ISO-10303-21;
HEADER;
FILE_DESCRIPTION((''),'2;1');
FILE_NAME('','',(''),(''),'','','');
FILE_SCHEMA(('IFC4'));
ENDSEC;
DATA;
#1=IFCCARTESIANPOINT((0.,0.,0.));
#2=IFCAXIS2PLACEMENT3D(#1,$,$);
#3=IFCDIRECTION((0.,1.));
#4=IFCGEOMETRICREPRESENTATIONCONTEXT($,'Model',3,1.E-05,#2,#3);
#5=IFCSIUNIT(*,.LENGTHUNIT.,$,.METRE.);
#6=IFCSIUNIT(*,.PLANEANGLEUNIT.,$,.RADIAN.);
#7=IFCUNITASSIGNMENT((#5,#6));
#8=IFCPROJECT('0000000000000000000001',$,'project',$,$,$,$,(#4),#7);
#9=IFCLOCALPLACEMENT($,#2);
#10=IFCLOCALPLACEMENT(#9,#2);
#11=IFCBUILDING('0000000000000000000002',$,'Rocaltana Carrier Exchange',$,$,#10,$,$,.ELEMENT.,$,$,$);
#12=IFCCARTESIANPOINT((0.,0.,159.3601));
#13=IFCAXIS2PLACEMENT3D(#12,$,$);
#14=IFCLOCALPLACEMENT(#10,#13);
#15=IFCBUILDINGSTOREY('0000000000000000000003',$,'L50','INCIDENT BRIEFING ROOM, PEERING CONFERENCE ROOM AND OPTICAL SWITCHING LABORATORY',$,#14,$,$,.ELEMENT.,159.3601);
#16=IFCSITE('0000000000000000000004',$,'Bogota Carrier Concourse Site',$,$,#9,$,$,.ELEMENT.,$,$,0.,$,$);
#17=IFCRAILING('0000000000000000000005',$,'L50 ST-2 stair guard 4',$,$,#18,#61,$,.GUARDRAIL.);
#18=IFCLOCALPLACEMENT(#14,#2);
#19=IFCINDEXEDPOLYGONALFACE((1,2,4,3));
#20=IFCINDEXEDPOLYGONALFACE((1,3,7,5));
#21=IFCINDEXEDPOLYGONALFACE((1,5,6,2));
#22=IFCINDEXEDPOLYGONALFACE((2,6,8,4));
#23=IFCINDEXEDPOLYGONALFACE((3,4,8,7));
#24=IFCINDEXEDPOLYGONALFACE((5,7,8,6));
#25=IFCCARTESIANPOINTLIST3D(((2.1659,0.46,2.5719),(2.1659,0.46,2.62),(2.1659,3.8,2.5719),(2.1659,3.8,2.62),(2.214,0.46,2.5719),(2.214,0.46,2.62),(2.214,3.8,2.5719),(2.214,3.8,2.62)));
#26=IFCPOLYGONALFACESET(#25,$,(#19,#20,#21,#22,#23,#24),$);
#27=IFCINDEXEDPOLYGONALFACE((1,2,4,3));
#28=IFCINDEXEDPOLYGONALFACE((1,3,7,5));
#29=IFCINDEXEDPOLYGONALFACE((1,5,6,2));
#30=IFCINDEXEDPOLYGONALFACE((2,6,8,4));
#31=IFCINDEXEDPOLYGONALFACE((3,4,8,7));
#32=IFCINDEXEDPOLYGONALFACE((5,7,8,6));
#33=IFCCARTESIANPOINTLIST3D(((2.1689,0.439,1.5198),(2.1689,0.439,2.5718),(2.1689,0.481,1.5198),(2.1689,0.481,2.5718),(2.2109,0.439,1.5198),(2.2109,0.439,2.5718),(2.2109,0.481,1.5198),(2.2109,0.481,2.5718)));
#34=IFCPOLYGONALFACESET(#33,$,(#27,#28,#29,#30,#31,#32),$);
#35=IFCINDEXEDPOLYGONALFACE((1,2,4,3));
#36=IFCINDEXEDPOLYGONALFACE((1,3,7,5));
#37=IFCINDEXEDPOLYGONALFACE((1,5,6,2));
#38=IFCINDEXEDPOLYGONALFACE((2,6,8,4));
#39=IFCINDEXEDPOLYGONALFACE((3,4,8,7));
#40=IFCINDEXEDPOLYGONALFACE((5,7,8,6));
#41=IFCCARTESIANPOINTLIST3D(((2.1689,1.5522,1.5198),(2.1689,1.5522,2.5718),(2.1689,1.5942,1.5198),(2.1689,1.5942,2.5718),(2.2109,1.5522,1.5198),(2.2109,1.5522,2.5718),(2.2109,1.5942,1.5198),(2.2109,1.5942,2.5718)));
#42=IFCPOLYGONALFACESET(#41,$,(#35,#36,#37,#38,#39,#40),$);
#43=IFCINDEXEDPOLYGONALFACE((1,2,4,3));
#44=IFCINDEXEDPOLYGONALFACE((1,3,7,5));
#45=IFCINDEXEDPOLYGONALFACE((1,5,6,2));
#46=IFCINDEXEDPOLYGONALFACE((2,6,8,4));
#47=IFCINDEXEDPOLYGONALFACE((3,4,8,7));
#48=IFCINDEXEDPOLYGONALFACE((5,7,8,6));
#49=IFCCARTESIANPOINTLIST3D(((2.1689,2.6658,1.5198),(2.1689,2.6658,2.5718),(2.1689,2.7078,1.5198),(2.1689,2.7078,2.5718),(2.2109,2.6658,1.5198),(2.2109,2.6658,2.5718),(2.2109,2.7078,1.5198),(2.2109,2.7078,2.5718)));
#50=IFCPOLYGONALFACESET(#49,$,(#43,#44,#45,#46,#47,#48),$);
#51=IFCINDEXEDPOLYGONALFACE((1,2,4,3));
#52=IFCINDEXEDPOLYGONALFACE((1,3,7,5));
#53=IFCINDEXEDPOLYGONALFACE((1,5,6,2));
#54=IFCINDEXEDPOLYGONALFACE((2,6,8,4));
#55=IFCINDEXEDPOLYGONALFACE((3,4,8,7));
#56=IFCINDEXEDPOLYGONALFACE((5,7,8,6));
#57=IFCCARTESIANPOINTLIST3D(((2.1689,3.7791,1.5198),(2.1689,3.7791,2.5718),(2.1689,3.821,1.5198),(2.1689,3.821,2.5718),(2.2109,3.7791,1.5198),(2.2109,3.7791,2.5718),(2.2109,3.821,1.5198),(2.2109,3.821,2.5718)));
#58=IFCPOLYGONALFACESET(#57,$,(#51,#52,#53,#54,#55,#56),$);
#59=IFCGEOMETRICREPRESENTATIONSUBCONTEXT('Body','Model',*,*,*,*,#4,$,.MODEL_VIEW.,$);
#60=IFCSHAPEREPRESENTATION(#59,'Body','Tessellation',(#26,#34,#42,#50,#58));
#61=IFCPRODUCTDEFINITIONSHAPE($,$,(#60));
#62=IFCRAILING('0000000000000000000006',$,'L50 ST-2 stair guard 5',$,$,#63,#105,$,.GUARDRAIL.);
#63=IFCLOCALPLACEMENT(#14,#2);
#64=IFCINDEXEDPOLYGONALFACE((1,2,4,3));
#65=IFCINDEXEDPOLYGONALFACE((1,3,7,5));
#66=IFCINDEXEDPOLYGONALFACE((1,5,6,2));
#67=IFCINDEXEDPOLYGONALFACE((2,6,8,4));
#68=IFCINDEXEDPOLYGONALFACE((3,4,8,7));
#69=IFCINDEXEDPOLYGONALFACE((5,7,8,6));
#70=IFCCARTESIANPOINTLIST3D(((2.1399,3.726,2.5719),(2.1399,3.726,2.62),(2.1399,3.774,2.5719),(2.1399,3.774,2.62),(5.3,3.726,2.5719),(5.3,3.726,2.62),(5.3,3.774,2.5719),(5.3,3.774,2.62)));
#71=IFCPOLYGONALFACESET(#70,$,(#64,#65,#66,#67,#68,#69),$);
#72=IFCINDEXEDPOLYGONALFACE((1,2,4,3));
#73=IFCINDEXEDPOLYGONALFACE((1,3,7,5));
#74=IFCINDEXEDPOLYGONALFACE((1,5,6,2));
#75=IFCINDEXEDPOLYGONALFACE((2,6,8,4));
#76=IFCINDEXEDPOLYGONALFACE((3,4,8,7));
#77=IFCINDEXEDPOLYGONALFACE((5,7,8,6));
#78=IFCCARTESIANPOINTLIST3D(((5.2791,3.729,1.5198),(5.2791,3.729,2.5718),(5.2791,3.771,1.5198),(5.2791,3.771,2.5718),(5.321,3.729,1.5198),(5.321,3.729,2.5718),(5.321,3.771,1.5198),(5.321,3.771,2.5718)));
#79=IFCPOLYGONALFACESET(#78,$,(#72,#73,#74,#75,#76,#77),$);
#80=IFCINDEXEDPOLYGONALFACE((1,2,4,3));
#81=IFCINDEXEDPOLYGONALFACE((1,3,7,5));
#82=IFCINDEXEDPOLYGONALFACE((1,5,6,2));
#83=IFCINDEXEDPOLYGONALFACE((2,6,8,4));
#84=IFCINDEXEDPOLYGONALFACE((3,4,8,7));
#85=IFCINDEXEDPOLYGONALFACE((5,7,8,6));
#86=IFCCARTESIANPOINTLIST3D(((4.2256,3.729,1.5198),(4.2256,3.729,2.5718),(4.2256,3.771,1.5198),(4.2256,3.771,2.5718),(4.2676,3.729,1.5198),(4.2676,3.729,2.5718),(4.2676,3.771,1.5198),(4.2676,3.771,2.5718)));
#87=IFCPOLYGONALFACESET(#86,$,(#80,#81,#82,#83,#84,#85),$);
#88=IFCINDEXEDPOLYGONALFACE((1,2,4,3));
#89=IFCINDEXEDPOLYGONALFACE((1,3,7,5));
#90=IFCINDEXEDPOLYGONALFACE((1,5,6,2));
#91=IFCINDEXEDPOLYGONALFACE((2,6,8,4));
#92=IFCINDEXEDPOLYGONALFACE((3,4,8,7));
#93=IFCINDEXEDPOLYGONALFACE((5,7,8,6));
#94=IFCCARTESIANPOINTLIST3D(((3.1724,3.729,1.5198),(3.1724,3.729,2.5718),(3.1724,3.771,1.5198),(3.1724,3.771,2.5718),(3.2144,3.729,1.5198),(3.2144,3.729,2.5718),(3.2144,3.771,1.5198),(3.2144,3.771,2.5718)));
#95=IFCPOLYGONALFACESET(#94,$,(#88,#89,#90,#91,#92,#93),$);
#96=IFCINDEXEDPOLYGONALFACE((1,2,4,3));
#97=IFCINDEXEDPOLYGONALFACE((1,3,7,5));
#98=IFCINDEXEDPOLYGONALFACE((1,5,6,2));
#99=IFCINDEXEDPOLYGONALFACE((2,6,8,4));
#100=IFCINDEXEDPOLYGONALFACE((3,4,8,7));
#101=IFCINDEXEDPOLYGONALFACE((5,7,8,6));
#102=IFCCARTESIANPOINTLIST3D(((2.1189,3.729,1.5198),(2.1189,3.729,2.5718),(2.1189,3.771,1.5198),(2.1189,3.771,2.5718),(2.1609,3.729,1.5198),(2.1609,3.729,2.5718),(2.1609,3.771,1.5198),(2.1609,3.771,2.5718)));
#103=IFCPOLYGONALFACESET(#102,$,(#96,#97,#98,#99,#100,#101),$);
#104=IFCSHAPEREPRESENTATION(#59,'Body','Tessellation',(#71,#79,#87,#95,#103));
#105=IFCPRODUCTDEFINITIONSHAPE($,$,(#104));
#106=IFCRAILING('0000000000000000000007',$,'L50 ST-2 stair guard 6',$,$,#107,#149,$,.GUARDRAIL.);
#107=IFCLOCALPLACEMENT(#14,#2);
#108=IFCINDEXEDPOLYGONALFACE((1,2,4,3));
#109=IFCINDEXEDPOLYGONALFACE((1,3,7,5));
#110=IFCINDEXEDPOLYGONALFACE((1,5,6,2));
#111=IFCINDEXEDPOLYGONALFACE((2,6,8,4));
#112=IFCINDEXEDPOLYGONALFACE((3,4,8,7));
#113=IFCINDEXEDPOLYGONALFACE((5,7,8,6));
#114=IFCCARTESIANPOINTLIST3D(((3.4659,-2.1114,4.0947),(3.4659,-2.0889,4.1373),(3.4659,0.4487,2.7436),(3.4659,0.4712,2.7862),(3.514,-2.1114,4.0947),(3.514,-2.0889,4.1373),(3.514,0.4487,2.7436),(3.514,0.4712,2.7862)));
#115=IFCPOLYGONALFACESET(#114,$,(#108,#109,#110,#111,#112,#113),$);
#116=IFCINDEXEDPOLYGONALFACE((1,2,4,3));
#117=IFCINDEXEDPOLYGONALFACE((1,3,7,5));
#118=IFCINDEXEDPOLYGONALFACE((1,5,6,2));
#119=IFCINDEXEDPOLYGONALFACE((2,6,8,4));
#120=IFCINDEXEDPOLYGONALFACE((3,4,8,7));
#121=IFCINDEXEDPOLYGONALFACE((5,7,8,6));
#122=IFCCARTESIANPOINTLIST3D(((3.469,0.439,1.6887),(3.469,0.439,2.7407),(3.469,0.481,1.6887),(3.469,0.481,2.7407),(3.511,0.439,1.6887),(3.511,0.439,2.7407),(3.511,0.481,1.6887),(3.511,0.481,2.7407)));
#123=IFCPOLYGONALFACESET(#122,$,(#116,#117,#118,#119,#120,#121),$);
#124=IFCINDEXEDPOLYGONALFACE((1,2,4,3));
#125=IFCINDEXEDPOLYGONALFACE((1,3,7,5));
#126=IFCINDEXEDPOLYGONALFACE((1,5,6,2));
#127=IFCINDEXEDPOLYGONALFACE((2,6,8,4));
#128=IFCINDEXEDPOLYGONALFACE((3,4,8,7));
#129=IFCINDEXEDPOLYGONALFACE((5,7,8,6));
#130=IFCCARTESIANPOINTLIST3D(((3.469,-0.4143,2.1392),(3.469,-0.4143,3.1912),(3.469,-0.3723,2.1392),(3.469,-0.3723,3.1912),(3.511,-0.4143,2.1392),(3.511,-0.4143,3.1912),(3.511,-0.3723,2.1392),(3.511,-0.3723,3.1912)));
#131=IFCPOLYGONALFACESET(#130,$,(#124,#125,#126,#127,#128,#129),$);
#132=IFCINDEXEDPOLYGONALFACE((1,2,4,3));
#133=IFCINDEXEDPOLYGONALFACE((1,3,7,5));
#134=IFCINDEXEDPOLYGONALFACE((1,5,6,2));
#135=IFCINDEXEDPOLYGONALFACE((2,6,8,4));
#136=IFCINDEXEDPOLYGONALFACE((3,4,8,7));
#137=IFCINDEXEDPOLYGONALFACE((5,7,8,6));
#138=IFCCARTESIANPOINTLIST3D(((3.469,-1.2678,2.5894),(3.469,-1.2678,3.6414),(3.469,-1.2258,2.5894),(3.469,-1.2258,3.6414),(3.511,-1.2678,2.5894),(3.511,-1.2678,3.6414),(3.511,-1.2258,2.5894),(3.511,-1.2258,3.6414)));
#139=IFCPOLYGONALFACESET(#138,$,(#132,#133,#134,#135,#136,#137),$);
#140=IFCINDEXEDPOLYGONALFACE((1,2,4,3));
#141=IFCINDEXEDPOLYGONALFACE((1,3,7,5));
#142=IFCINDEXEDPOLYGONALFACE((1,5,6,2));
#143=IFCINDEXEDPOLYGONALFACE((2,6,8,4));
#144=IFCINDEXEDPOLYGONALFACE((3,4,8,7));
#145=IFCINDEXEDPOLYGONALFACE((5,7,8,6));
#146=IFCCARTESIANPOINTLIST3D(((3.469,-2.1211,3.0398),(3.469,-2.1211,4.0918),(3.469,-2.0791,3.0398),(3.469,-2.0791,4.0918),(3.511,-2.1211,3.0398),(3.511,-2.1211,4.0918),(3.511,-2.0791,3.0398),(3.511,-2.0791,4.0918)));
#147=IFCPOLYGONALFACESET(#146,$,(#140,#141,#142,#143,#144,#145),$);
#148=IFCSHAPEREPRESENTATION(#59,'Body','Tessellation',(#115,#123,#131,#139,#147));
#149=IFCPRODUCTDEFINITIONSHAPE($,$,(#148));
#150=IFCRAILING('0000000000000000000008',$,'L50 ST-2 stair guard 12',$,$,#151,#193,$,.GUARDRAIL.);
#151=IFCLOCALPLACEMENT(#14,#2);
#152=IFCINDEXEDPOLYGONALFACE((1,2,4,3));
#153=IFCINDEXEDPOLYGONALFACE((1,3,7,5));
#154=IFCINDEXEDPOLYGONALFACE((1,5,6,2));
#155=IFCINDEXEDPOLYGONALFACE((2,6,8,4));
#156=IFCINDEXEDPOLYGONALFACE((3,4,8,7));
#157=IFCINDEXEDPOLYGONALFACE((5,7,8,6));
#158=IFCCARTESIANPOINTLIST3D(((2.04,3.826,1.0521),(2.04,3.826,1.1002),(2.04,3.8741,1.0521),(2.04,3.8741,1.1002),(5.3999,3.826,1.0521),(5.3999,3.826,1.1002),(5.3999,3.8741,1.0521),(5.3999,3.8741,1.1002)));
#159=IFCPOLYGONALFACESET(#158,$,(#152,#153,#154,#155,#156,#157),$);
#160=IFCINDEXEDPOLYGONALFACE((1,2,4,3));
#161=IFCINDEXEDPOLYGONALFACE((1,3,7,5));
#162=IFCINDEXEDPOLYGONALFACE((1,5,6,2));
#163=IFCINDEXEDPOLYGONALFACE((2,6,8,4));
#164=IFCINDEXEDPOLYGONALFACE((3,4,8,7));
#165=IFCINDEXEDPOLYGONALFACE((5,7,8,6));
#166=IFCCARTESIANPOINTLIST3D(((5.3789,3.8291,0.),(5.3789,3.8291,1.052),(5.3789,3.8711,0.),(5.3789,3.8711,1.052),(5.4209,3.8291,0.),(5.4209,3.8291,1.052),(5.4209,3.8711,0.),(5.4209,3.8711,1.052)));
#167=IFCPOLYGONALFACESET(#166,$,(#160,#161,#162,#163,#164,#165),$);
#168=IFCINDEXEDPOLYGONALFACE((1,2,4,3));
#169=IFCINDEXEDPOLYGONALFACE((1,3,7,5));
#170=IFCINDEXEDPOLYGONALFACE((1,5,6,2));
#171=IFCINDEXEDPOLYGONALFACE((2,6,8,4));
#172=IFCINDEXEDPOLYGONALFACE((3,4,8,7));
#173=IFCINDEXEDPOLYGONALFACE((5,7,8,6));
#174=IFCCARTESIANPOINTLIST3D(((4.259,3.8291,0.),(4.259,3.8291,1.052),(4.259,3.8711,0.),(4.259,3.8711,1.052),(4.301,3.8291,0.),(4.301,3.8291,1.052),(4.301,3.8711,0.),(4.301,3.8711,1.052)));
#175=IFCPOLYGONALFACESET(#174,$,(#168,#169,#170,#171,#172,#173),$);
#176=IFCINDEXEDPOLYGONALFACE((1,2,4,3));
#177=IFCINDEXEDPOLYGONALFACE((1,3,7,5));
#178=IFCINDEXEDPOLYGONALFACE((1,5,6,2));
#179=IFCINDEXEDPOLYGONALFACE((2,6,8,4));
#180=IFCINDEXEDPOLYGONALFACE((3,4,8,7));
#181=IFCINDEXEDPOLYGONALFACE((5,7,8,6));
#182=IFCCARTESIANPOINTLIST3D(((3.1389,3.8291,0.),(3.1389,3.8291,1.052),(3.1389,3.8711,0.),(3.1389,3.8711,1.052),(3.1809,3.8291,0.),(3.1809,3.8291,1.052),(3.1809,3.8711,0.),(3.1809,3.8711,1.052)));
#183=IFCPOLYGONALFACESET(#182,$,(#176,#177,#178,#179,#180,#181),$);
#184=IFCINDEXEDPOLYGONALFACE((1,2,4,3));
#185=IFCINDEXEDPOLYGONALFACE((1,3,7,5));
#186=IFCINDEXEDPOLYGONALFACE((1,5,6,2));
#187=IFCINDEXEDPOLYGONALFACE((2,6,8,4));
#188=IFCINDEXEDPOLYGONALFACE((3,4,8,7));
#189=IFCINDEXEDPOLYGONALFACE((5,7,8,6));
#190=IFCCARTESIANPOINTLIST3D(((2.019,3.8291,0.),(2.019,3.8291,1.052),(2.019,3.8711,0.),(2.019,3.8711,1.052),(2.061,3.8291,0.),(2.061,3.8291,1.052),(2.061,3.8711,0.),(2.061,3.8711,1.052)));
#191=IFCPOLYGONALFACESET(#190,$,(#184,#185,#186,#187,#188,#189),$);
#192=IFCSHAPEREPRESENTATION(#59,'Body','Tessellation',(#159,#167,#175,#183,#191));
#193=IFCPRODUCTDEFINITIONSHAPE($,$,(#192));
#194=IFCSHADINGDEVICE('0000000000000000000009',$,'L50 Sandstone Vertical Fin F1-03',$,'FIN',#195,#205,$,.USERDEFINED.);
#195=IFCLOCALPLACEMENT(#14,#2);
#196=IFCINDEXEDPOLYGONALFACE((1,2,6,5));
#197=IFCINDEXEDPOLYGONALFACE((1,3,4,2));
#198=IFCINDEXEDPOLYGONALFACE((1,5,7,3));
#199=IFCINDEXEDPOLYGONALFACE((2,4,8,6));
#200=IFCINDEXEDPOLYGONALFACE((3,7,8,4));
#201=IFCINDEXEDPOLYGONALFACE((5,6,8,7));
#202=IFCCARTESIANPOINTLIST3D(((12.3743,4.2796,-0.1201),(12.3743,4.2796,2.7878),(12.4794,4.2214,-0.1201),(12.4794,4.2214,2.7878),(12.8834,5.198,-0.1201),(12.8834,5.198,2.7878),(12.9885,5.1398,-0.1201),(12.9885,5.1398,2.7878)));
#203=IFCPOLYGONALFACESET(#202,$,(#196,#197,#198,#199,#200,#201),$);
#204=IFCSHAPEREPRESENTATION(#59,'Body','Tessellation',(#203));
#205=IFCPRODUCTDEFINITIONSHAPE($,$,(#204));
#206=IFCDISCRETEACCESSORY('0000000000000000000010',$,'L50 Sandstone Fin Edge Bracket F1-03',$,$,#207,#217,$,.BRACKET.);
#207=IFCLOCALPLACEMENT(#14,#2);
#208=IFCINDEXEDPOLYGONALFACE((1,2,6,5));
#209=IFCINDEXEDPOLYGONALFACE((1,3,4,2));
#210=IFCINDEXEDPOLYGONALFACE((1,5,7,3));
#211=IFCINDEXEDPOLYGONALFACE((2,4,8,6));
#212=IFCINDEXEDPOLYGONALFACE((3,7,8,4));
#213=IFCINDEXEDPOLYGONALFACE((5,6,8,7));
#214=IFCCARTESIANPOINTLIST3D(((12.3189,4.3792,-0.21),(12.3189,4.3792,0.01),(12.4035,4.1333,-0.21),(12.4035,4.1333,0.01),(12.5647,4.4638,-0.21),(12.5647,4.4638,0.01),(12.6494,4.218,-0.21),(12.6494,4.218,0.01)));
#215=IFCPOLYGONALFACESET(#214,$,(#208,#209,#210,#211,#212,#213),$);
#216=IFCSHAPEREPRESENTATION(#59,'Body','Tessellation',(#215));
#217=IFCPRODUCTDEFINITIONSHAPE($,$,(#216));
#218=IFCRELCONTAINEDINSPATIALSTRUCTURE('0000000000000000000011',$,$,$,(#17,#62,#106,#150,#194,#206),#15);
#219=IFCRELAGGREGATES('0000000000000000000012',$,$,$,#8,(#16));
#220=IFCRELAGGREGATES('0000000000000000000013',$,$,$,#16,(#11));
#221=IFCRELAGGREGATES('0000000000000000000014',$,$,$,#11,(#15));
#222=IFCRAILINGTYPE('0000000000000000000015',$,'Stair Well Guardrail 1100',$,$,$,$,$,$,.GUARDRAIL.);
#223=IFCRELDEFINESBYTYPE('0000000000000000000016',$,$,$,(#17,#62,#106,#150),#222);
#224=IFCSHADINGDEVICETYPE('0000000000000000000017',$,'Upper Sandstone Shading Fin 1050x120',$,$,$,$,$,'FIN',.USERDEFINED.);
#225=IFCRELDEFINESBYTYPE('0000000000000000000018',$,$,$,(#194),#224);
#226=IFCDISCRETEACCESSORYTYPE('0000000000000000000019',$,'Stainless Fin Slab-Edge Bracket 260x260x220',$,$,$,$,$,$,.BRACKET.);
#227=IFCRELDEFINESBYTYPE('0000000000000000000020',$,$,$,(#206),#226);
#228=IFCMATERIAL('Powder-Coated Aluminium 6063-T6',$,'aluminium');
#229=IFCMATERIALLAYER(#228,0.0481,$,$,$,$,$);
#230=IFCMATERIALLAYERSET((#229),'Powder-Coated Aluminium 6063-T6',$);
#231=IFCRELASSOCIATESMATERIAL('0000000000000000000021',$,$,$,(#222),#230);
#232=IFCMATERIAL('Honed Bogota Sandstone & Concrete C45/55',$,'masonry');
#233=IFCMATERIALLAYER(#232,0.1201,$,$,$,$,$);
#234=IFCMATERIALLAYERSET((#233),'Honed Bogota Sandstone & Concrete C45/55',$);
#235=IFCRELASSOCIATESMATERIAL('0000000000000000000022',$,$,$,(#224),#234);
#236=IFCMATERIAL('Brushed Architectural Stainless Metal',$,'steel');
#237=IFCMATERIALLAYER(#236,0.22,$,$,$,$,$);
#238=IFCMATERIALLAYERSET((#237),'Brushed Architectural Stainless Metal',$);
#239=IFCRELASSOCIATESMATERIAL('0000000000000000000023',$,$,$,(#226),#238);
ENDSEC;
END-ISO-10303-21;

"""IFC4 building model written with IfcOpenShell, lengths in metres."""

from ifc_helpers import new_model, si_unit, direction, frame, origin, origin_2d, place, context, subcontext, project, spatial, rectangle, extrude, material, layer, layer_set, type_object, element, save


model = new_model("IFC4")

# Units and contexts
model_context = context("Model", 3, precision=1e-05, world=origin(), true_north=direction((0.0, 1.0)))
body_context = subcontext(model_context, "Body", "Model", "MODEL_VIEW")
ifc_project = project(units=[si_unit("LENGTHUNIT", "METRE"), si_unit("PLANEANGLEUNIT", "RADIAN")], contexts=[model_context])

# Site, building, storey
site_placement = place(None, origin())
site = spatial("IfcSite", under=ifc_project, at=site_placement, Name="Bogota Carrier Concourse Site", CompositionType="ELEMENT", RefElevation=0.0)
building_placement = place(site_placement, origin())
building = spatial("IfcBuilding", under=site, at=building_placement, Name="Rocaltana Carrier Exchange", CompositionType="ELEMENT")
storey_placement = place(building_placement, frame((0.0, 0.0, 159.3601)))
storey = spatial("IfcBuildingStorey", under=building, at=storey_placement, Name="L50", Description="INCIDENT BRIEFING ROOM, PEERING CONFERENCE ROOM AND OPTICAL SWITCHING LABORATORY", CompositionType="ELEMENT", Elevation=159.3601)

# Railings
ifc_material_1 = material(Name="Powder-Coated Aluminium 6063-T6", Category="aluminium")
ifc_layer_1 = layer(ifc_material_1, 0.0481)
ifc_layer_set_1 = layer_set([ifc_layer_1], Name="Powder-Coated Aluminium 6063-T6")
railing_type_1 = type_object("IfcRailingType", Name="Stair Well Guardrail 1100", PredefinedType="GUARDRAIL", material=ifc_layer_set_1)
for number, where, name in (
    (1, (2.1899, 0.46, 1.5198), "L50 ST-2 stair guard 4"),
):
    element("IfcRailing", number, at=place(storey_placement, frame(where)), inside=storey, type_object=railing_type_1, Name=name, PredefinedType="GUARDRAIL", context=body_context, shape_type="SweptSolid", body=[
        extrude(rectangle(XDim=0.0481, YDim=0.0481, at=origin_2d()), frame((0.0, 0.0, 1.0762), z_axis=(0.0, 1.0, 0.0), x_axis=(-1.0, 0.0, 0.0)), (0.0, 0.0, 1.0), 3.3401),
        extrude(rectangle(XDim=0.042, YDim=0.042, at=origin_2d()), origin(), (0.0, 0.0, 1.0), 1.052),
        extrude(rectangle(XDim=0.042, YDim=0.042, at=origin_2d()), frame((0.0, 1.1133, 0.0)), (0.0, 0.0, 1.0), 1.052),
        extrude(rectangle(XDim=0.042, YDim=0.042, at=origin_2d()), frame((0.0, 2.2268, 0.0)), (0.0, 0.0, 1.0), 1.052),
        extrude(rectangle(XDim=0.042, YDim=0.042, at=origin_2d()), frame((0.0, 3.3401, 0.0)), (0.0, 0.0, 1.0), 1.052),
    ])
railing_1_placement = place(storey_placement, frame((5.3, 3.75, 1.5198)))
element("IfcRailing", 2, at=railing_1_placement, inside=storey, type_object=railing_type_1, Name="L50 ST-2 stair guard 5", PredefinedType="GUARDRAIL", context=body_context, shape_type="SweptSolid", body=[
    extrude(rectangle(XDim=0.0481, YDim=0.0481, at=origin_2d()), frame((0.0, 0.0, 1.0762), z_axis=(-1.0, 0.0, 0.0), x_axis=(0.0, -1.0, 0.0)), (0.0, 0.0, 1.0), 3.1602),
    extrude(rectangle(XDim=0.042, YDim=0.042, at=origin_2d()), origin(), (0.0, 0.0, 1.0), 1.052),
    extrude(rectangle(XDim=0.042, YDim=0.042, at=origin_2d()), frame((-1.0535, 0.0, 0.0)), (0.0, 0.0, 1.0), 1.052),
    extrude(rectangle(XDim=0.042, YDim=0.042, at=origin_2d()), frame((-2.1067, 0.0, 0.0)), (0.0, 0.0, 1.0), 1.052),
    extrude(rectangle(XDim=0.042, YDim=0.042, at=origin_2d()), frame((-3.1602, 0.0, 0.0)), (0.0, 0.0, 1.0), 1.052),
])
railing_2_placement = place(storey_placement, frame((3.49, 0.46, 1.6887)))
element("IfcRailing", 3, at=railing_2_placement, inside=storey, type_object=railing_type_1, Name="L50 ST-2 stair guard 6", PredefinedType="GUARDRAIL", context=body_context, shape_type="SweptSolid", body=[
    extrude(rectangle(XDim=0.0481, YDim=0.0481, at=origin_2d()), frame((0.0, 0.0, 1.0762), z_axis=(0.0, -0.884394, 0.46674), x_axis=(1.0, 0.0, 0.0)), (0.0, 0.0, 1.0), 2.8948),
    extrude(rectangle(XDim=0.042, YDim=0.042, at=origin_2d()), origin(), (0.0, 0.0, 1.0), 1.052),
    extrude(rectangle(XDim=0.042, YDim=0.042, at=origin_2d()), frame((0.0, -0.8533, 0.4504)), (0.0, 0.0, 1.0), 1.052),
    extrude(rectangle(XDim=0.042, YDim=0.042, at=origin_2d()), frame((0.0, -1.7068, 0.9006)), (0.0, 0.0, 1.0), 1.052),
    extrude(rectangle(XDim=0.042, YDim=0.042, at=origin_2d()), frame((0.0, -2.5601, 1.3511)), (0.0, 0.0, 1.0), 1.052),
])
railing_3_placement = place(storey_placement, frame((5.3999, 3.8501, 0.0)))
element("IfcRailing", 4, at=railing_3_placement, inside=storey, type_object=railing_type_1, Name="L50 ST-2 stair guard 12", PredefinedType="GUARDRAIL", context=body_context, shape_type="SweptSolid", body=[
    extrude(rectangle(XDim=0.0481, YDim=0.0481, at=origin_2d()), frame((0.0, 0.0, 1.0762), z_axis=(-1.0, 0.0, 0.0), x_axis=(0.0, -1.0, 0.0)), (0.0, 0.0, 1.0), 3.3599),
    extrude(rectangle(XDim=0.042, YDim=0.042, at=origin_2d()), origin(), (0.0, 0.0, 1.0), 1.052),
    extrude(rectangle(XDim=0.042, YDim=0.042, at=origin_2d()), frame((-1.1199, 0.0, 0.0)), (0.0, 0.0, 1.0), 1.052),
    extrude(rectangle(XDim=0.042, YDim=0.042, at=origin_2d()), frame((-2.24, 0.0, 0.0)), (0.0, 0.0, 1.0), 1.052),
    extrude(rectangle(XDim=0.042, YDim=0.042, at=origin_2d()), frame((-3.3599, 0.0, 0.0)), (0.0, 0.0, 1.0), 1.052),
])

# Shading device
ifc_material_2 = material(Name="Honed Bogota Sandstone & Concrete C45/55", Category="masonry")
ifc_layer_2 = layer(ifc_material_2, 0.1201)
ifc_layer_set_2 = layer_set([ifc_layer_2], Name="Honed Bogota Sandstone & Concrete C45/55")
shading_device_type = type_object("IfcShadingDeviceType", Name="Upper Sandstone Shading Fin 1050x120", ElementType="FIN", PredefinedType="USERDEFINED", material=ifc_layer_set_2)
shading_device_placement = place(storey_placement, frame((12.6814, 4.7097, -0.1201), z_axis=(0.0, 0.0, 1.0), x_axis=(0.48481, 0.87462, 0.0)))
element("IfcShadingDevice", 5, at=shading_device_placement, inside=storey, type_object=shading_device_type, Name="L50 Sandstone Vertical Fin F1-03", ObjectType="FIN", PredefinedType="USERDEFINED", context=body_context, shape_type="SweptSolid", body=[
    extrude(rectangle(XDim=1.05, YDim=0.1201, at=origin_2d()), origin(), (0.0, 0.0, 1.0), 2.908),
])

# Discrete accessory
ifc_material_3 = material(Name="Brushed Architectural Stainless Metal", Category="steel")
ifc_layer_3 = layer(ifc_material_3, 0.22)
ifc_layer_set_3 = layer_set([ifc_layer_3], Name="Brushed Architectural Stainless Metal")
discrete_accessory_type = type_object("IfcDiscreteAccessoryType", Name="Stainless Fin Slab-Edge Bracket 260x260x220", PredefinedType="BRACKET", material=ifc_layer_set_3)
discrete_accessory_placement = place(storey_placement, frame((12.4841, 4.2986, -0.21), z_axis=(0.0, 0.0, 1.0), x_axis=(-0.325568, 0.945519, 0.0)))
element("IfcDiscreteAccessory", 6, at=discrete_accessory_placement, inside=storey, type_object=discrete_accessory_type, Name="L50 Sandstone Fin Edge Bracket F1-03", PredefinedType="BRACKET", context=body_context, shape_type="SweptSolid", body=[
    extrude(rectangle(XDim=0.26, YDim=0.26, at=origin_2d()), origin(), (0.0, 0.0, 1.0), 0.22),
])

save(model, "model.ifc")
